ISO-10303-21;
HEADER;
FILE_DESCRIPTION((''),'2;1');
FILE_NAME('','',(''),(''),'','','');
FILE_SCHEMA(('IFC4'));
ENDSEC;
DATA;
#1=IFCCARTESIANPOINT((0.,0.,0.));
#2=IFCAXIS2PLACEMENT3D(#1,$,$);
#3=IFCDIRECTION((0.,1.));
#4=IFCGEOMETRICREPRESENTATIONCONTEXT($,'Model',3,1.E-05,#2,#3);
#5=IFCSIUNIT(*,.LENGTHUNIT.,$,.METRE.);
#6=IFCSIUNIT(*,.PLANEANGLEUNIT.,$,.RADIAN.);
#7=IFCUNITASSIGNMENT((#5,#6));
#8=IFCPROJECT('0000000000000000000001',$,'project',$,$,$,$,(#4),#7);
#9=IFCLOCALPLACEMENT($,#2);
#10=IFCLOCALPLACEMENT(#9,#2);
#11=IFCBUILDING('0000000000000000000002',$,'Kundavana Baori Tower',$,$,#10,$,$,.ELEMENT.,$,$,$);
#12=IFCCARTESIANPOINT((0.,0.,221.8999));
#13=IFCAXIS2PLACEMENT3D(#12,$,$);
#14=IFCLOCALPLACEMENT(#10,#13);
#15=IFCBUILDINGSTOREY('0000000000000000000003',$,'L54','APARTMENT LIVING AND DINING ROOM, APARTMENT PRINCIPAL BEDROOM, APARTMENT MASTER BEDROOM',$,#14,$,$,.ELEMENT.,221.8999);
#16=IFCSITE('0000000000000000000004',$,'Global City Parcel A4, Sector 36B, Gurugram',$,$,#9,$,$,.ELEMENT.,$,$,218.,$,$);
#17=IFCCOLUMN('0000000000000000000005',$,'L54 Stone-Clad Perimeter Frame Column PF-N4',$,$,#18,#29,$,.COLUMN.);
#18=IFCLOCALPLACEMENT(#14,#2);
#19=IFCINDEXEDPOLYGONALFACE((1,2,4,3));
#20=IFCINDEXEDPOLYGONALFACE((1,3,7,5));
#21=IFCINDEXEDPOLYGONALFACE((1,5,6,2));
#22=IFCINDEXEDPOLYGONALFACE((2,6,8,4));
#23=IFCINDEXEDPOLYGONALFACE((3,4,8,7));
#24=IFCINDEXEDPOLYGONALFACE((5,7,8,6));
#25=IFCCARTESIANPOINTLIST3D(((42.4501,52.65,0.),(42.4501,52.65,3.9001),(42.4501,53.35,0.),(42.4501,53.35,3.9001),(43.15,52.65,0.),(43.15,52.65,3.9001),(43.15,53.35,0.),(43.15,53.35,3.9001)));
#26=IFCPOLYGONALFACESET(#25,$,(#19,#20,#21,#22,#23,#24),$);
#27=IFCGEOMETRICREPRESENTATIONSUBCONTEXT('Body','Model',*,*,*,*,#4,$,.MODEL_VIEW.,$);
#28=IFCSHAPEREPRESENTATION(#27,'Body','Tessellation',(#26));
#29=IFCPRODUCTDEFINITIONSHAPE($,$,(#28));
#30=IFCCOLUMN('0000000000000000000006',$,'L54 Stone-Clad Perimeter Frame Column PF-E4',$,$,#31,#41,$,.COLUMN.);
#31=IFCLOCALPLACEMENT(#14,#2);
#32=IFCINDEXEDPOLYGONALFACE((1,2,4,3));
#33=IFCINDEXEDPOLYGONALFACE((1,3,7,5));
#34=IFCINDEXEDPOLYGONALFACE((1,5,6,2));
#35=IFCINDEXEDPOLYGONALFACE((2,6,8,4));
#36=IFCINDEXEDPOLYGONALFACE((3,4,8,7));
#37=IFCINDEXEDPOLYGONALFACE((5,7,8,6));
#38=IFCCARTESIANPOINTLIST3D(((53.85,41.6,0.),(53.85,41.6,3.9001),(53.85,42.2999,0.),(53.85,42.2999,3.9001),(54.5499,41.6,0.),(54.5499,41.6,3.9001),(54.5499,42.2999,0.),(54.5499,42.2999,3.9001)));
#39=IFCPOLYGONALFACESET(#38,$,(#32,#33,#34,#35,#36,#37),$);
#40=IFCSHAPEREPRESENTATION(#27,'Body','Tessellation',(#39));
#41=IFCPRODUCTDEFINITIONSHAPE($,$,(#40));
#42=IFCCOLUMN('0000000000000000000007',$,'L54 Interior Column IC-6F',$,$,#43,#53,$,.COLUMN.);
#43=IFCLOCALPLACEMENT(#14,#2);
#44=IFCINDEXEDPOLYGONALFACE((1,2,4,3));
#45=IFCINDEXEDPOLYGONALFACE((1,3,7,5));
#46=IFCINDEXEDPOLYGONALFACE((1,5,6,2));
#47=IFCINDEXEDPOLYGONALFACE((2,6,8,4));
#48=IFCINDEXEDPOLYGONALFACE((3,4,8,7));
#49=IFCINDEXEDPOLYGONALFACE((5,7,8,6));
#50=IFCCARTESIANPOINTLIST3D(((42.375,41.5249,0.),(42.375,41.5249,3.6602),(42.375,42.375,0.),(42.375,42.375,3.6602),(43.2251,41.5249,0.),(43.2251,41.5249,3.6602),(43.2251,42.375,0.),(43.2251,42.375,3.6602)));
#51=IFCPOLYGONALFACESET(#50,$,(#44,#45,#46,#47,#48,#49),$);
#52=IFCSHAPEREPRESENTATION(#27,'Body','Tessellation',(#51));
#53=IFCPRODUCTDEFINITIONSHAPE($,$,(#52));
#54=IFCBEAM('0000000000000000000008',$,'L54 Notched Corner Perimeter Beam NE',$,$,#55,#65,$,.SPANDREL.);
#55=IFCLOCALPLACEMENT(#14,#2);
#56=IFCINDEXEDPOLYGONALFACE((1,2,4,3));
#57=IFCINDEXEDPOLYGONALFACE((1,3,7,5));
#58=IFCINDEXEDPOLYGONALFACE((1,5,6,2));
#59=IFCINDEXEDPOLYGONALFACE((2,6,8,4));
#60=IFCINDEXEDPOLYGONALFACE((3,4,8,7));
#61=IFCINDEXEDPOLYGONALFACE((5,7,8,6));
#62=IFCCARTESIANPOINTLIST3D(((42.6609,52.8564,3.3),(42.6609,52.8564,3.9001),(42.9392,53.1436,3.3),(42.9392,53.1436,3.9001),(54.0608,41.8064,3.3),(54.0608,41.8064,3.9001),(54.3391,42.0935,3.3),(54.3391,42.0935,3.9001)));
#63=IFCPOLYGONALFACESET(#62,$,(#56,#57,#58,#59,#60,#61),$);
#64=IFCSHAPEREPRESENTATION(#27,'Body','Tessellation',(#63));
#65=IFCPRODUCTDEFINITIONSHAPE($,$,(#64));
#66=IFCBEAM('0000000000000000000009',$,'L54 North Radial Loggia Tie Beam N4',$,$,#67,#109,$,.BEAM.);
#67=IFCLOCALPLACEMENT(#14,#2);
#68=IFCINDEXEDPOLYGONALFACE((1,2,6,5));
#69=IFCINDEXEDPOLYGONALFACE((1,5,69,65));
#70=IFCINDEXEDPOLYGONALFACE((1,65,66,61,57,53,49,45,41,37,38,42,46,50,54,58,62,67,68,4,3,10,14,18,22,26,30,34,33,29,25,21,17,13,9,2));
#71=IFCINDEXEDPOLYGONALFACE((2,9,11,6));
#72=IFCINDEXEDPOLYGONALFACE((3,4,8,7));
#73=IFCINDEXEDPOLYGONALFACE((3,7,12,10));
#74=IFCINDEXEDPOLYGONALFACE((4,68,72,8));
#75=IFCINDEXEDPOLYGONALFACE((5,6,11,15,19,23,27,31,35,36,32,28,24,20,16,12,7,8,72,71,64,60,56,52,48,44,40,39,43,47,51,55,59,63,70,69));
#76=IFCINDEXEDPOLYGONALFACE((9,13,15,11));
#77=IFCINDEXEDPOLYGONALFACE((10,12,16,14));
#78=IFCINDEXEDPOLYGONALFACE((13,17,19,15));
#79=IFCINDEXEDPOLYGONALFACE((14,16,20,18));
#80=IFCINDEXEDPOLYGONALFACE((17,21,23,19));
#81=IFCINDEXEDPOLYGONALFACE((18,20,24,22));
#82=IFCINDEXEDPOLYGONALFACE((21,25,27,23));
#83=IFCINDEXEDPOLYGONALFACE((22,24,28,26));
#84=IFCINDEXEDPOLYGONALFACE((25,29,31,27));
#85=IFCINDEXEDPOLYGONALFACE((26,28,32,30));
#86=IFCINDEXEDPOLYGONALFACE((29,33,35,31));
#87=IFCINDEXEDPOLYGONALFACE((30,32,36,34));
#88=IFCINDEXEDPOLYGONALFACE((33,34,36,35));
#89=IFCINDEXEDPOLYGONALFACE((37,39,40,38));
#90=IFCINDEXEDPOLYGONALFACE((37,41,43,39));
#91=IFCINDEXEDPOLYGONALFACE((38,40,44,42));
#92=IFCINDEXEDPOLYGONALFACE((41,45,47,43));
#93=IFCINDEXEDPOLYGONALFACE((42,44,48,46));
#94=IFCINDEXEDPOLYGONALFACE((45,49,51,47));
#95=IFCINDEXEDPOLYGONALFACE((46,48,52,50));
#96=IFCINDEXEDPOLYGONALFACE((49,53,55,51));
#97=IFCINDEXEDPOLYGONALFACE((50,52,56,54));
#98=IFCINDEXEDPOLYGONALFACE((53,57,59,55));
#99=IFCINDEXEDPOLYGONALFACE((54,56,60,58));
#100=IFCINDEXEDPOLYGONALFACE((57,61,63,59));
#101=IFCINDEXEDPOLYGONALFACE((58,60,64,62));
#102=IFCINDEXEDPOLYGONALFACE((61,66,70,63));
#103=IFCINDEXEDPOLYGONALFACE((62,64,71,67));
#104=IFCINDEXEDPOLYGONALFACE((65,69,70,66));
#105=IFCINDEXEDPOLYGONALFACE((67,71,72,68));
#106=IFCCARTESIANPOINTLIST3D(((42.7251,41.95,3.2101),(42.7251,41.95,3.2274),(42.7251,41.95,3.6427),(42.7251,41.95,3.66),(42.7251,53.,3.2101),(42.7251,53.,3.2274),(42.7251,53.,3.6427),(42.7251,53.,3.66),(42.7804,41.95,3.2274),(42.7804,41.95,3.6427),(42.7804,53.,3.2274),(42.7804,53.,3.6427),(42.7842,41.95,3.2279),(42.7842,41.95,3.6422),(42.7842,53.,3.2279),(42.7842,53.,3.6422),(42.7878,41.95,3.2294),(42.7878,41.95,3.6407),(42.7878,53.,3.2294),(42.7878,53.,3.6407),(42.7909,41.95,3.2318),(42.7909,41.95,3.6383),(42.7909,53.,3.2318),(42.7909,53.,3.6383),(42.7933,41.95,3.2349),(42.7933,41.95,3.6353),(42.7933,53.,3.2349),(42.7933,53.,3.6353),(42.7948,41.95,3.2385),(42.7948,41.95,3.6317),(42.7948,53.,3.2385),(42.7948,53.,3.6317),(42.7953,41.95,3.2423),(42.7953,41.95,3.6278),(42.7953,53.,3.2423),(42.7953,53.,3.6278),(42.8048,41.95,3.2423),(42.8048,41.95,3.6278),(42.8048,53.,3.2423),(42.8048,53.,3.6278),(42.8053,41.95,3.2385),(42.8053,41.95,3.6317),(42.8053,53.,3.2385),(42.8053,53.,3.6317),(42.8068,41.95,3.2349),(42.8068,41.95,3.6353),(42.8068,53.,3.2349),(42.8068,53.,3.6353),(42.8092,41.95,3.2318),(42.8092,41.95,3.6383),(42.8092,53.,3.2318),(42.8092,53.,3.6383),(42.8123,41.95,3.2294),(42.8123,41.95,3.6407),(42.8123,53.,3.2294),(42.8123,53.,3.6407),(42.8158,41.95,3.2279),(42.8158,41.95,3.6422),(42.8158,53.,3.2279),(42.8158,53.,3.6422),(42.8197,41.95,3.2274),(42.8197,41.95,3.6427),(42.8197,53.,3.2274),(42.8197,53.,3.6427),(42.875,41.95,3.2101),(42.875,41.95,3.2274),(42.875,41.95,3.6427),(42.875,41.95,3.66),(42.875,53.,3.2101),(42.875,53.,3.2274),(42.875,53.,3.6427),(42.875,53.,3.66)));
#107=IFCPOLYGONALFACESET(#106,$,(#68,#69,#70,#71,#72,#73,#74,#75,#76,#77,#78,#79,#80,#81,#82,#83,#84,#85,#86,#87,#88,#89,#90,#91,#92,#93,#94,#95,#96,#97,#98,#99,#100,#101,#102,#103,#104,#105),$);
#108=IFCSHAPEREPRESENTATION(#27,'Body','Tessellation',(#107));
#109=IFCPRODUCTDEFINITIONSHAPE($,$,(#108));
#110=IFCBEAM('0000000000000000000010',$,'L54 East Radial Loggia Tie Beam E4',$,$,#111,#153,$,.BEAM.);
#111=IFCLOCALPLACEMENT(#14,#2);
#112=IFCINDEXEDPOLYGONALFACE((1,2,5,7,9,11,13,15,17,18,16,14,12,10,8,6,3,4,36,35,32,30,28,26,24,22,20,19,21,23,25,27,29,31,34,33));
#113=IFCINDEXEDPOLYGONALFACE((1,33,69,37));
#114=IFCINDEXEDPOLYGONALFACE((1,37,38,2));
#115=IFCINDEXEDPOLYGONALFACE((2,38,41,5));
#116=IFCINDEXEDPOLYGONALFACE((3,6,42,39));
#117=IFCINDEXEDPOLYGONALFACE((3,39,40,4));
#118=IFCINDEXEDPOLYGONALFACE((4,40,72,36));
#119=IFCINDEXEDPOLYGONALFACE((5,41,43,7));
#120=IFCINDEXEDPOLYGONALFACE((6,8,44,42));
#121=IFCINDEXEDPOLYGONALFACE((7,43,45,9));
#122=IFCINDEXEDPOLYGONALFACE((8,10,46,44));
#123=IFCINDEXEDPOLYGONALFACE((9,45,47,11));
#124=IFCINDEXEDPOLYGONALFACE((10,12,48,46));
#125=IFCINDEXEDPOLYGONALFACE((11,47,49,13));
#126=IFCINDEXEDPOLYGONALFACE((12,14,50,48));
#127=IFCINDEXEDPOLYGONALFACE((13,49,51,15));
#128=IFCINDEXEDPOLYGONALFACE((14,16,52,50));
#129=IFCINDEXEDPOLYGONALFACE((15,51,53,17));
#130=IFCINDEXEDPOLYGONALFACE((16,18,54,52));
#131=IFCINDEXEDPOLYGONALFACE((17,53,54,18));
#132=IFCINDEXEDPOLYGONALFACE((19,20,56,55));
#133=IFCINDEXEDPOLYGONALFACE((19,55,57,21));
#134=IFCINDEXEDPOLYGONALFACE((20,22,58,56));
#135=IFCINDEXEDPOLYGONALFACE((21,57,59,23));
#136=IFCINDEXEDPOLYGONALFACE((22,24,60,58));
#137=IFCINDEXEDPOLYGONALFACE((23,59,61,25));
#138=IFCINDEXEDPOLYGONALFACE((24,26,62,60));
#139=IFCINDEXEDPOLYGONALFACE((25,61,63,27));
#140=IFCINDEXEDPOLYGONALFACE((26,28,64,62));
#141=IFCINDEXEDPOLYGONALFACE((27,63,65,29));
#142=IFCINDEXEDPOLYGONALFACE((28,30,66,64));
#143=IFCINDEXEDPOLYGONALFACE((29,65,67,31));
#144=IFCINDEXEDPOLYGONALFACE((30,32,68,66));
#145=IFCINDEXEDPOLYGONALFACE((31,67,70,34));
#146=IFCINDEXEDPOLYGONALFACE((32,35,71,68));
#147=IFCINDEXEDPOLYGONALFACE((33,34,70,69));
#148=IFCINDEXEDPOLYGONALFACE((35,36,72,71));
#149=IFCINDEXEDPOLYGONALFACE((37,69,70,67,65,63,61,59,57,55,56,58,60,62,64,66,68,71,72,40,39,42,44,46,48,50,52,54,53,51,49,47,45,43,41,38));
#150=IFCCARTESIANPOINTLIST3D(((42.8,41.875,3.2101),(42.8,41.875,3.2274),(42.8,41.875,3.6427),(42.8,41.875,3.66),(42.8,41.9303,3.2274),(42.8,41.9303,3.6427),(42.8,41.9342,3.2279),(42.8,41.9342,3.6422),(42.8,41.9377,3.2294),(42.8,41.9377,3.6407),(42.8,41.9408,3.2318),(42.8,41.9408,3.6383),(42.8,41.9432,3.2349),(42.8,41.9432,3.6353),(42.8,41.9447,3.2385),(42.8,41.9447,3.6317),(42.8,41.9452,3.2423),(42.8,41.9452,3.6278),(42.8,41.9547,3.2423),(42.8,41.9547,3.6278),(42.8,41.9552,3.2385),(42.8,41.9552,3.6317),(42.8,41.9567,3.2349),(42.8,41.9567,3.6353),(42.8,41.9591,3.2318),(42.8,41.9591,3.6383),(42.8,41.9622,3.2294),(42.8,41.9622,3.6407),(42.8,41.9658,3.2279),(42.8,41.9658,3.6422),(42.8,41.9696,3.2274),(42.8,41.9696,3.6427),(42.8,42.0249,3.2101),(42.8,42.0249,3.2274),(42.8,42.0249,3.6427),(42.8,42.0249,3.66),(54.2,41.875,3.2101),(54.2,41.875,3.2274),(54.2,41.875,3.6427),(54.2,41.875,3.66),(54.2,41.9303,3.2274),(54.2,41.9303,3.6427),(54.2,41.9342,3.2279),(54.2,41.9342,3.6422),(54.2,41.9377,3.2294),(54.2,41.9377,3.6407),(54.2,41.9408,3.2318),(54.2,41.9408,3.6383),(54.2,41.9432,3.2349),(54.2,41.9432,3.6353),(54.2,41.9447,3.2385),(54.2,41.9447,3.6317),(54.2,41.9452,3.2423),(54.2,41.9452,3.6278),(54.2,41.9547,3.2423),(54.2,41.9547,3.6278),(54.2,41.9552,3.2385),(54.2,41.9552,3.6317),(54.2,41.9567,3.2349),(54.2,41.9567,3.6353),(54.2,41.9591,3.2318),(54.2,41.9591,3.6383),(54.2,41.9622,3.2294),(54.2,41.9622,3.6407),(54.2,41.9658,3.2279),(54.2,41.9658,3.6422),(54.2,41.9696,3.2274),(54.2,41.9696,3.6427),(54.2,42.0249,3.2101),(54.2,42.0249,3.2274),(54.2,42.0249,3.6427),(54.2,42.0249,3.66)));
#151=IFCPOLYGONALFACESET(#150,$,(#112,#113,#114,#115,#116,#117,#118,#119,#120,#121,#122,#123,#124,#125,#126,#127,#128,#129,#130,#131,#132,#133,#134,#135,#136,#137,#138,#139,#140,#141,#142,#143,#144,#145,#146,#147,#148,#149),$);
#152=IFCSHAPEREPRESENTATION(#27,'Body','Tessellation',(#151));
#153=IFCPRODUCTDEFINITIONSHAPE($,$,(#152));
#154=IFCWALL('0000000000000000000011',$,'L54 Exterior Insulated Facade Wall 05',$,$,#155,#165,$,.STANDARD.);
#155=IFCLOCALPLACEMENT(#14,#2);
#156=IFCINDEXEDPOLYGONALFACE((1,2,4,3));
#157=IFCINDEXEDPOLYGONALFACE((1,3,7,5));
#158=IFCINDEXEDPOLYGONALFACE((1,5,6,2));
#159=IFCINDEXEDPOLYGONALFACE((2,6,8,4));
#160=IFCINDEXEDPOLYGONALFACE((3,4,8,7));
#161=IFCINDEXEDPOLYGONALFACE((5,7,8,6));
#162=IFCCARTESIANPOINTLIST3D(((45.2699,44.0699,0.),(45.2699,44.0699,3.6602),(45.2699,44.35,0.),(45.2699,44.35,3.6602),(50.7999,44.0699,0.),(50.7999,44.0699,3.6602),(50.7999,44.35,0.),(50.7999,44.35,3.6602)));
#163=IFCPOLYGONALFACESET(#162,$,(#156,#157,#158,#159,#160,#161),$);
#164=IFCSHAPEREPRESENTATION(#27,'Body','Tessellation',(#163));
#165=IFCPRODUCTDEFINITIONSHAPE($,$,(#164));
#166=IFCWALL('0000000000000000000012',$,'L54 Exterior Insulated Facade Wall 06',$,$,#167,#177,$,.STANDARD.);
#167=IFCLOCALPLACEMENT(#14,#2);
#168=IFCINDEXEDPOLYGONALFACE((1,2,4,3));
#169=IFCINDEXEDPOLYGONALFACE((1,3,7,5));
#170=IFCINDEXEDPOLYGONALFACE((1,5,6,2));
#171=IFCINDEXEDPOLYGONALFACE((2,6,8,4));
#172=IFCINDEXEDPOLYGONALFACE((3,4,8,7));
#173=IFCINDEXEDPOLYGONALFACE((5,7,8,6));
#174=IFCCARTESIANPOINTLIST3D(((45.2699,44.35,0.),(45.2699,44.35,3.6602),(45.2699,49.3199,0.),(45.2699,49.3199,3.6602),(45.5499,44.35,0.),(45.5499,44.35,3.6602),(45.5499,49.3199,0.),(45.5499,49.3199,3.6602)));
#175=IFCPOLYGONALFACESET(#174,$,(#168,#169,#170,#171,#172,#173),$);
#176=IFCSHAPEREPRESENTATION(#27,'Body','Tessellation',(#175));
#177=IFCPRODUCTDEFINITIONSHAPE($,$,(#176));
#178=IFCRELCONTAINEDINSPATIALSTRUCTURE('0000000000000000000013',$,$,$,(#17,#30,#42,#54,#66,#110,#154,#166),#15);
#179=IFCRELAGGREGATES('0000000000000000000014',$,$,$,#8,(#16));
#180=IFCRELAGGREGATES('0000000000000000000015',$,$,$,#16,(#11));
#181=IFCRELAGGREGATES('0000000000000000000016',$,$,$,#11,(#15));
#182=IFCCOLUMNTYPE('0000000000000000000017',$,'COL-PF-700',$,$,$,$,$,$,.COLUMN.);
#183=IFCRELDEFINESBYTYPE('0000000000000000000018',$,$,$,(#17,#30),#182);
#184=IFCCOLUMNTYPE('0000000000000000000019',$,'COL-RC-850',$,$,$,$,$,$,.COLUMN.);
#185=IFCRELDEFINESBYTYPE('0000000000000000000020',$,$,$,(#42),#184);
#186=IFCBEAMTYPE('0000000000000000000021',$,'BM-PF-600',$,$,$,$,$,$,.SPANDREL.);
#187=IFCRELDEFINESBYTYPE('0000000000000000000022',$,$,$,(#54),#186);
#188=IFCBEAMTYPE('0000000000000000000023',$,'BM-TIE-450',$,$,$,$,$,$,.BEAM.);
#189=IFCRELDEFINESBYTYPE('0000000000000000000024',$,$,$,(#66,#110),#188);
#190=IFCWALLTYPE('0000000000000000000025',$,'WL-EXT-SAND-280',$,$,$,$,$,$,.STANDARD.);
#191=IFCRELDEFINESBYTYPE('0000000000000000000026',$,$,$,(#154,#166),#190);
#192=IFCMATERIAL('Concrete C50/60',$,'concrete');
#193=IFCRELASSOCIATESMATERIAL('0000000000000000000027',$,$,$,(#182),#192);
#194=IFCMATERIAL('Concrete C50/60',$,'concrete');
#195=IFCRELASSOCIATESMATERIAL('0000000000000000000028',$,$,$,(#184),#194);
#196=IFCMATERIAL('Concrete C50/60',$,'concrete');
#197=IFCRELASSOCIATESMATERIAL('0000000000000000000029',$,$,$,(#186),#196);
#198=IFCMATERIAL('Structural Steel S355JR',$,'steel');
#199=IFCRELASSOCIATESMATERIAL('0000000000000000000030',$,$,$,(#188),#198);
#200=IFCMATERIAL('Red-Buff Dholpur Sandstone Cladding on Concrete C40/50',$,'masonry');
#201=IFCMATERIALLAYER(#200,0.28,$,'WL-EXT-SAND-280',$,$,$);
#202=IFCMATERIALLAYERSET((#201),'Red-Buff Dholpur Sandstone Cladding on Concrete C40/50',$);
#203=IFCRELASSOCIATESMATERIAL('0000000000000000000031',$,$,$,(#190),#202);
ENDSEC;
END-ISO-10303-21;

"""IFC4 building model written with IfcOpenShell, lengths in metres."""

from ifc_helpers import new_model, si_unit, direction, frame, frame_2d, origin, origin_2d, place, context, subcontext, project, spatial, rectangle, i_section, extrude, material, layer, layer_set, material_profile, profile_set, type_object, element, save


model = new_model("IFC4")

# Units and contexts
model_context = context("Model", 3, precision=1e-05, world=origin(), true_north=direction((0.0, 1.0)))
body_context = subcontext(model_context, "Body", "Model", "MODEL_VIEW")
ifc_project = project(units=[si_unit("LENGTHUNIT", "METRE"), si_unit("PLANEANGLEUNIT", "RADIAN")], contexts=[model_context])

# Site, building, storey
site_placement = place(None, origin())
site = spatial("IfcSite", under=ifc_project, at=site_placement, Name="Global City Parcel A4, Sector 36B, Gurugram", CompositionType="ELEMENT", RefElevation=218.0)
building_placement = place(site_placement, origin())
building = spatial("IfcBuilding", under=site, at=building_placement, Name="Kundavana Baori Tower", CompositionType="ELEMENT")
storey_placement = place(building_placement, frame((0.0, 0.0, 221.8999)))
storey = spatial("IfcBuildingStorey", under=building, at=storey_placement, Name="L54", Description="APARTMENT LIVING AND DINING ROOM, APARTMENT PRINCIPAL BEDROOM, APARTMENT MASTER BEDROOM", CompositionType="ELEMENT", Elevation=221.8999)

# Columns
ifc_material_1 = material(Name="Concrete C50/60", Category="concrete")
ifc_material_profile_1 = material_profile(ifc_material_1, rectangle(XDim=0.7, YDim=0.7, at=origin_2d()), Name="RC PF 700x700")
ifc_profile_set_1 = profile_set([ifc_material_profile_1], Name="Concrete C50/60")
column_type_1 = type_object("IfcColumnType", Name="COL-PF-700", PredefinedType="COLUMN", material=ifc_profile_set_1)
for number, where, z_axis, x_axis, name in (
    (1, (42.8, 53.0, 0.0), (0.0, 0.0, 1.0), (1.0, 0.0, 0.0), "L54 Stone-Clad Perimeter Frame Column PF-N4"),
    (2, (54.2, 41.95, 0.0), (0.0, 0.0, 1.0), (1.0, 0.0, 0.0), "L54 Stone-Clad Perimeter Frame Column PF-E4"),
):
    element("IfcColumn", number, at=place(storey_placement, frame(where, z_axis=z_axis, x_axis=x_axis)), inside=storey, type_object=column_type_1, Name=name, PredefinedType="COLUMN", context=body_context, shape_type="SweptSolid", body=[
        extrude(rectangle(XDim=0.7, YDim=0.7, at=origin_2d()), origin(), (0.0, 0.0, 1.0), 3.9001),
    ])
ifc_material_2 = material(Name="Concrete C50/60", Category="concrete")
ifc_material_profile_2 = material_profile(ifc_material_2, rectangle(XDim=0.8501, YDim=0.8501, at=origin_2d()), Name="RC 850x850")
ifc_profile_set_2 = profile_set([ifc_material_profile_2], Name="Concrete C50/60")
column_type_2 = type_object("IfcColumnType", Name="COL-RC-850", PredefinedType="COLUMN", material=ifc_profile_set_2)
column_placement = place(storey_placement, frame((42.8, 41.95, 0.0), z_axis=(0.0, 0.0, 1.0), x_axis=(1.0, 0.0, 0.0)))
element("IfcColumn", 3, at=column_placement, inside=storey, type_object=column_type_2, Name="L54 Interior Column IC-6F", PredefinedType="COLUMN", context=body_context, shape_type="SweptSolid", body=[
    extrude(rectangle(XDim=0.8501, YDim=0.8501, at=origin_2d()), origin(), (0.0, 0.0, 1.0), 3.6602),
])

# Beams
ifc_material_3 = material(Name="Concrete C50/60", Category="concrete")
ifc_material_profile_3 = material_profile(ifc_material_3, rectangle(XDim=0.3999, YDim=0.6001, at=origin_2d()), Name="RC BM 400x600")
ifc_profile_set_3 = profile_set([ifc_material_profile_3], Name="Concrete C50/60")
beam_type_1 = type_object("IfcBeamType", Name="BM-PF-600", PredefinedType="SPANDREL", material=ifc_profile_set_3)
beam_1_placement = place(storey_placement, frame((42.8, 53.0, 3.6001), z_axis=(0.718039, -0.696003, 0.0), x_axis=(0.696003, 0.718039, 0.0)))
element("IfcBeam", 4, at=beam_1_placement, inside=storey, type_object=beam_type_1, Name="L54 Notched Corner Perimeter Beam NE", PredefinedType="SPANDREL", context=body_context, shape_type="SweptSolid", body=[
    extrude(rectangle(XDim=0.3999, YDim=0.6001, at=origin_2d()), origin(), (0.0, 0.0, 1.0), 15.8765),
])
ifc_material_4 = material(Name="Structural Steel S355JR", Category="steel")
ifc_material_profile_4 = material_profile(ifc_material_4, i_section(OverallWidth=0.1499, OverallDepth=0.45, WebThickness=0.0095, FlangeThickness=0.0173, FilletRadius=0.0149, at=origin_2d()), Name="ISMB 450")
ifc_profile_set_4 = profile_set([ifc_material_profile_4], Name="Structural Steel S355JR")
beam_type_2 = type_object("IfcBeamType", Name="BM-TIE-450", PredefinedType="BEAM", material=ifc_profile_set_4)
beam_2_placement = place(storey_placement, frame((42.8, 41.95, 3.4351), z_axis=(0.0, 1.0, 0.0), x_axis=(-1.0, 0.0, 0.0)))
element("IfcBeam", 5, at=beam_2_placement, inside=storey, type_object=beam_type_2, Name="L54 North Radial Loggia Tie Beam N4", PredefinedType="BEAM", context=body_context, shape_type="SweptSolid", body=[
    extrude(i_section(OverallWidth=0.1499, OverallDepth=0.45, WebThickness=0.0095, FlangeThickness=0.0173, FilletRadius=0.0149, at=origin_2d()), origin(), (0.0, 0.0, 1.0), 11.05),
])
beam_3_placement = place(storey_placement, frame((42.8, 41.95, 3.4351), z_axis=(1.0, 0.0, 0.0), x_axis=(0.0, 1.0, 0.0)))
element("IfcBeam", 6, at=beam_3_placement, inside=storey, type_object=beam_type_2, Name="L54 East Radial Loggia Tie Beam E4", PredefinedType="BEAM", context=body_context, shape_type="SweptSolid", body=[
    extrude(i_section(OverallWidth=0.1499, OverallDepth=0.45, WebThickness=0.0095, FlangeThickness=0.0173, FilletRadius=0.0149, at=origin_2d()), origin(), (0.0, 0.0, 1.0), 11.3999),
])

# Walls
ifc_material_5 = material(Name="Red-Buff Dholpur Sandstone Cladding on Concrete C40/50", Category="masonry")
ifc_layer_1 = layer(ifc_material_5, 0.28, Name="WL-EXT-SAND-280")
ifc_layer_set_1 = layer_set([ifc_layer_1], Name="Red-Buff Dholpur Sandstone Cladding on Concrete C40/50")
wall_type_1 = type_object("IfcWallType", Name="WL-EXT-SAND-280", PredefinedType="STANDARD", material=ifc_layer_set_1)
wall_1_placement = place(storey_placement, frame((50.8, 44.21, 0.0), z_axis=(0.0, 0.0, 1.0), x_axis=(-1.0, 0.0, 0.0)))
element("IfcWall", 7, at=wall_1_placement, inside=storey, type_object=wall_type_1, Name="L54 Exterior Insulated Facade Wall 05", PredefinedType="STANDARD", context=body_context, shape_type="SweptSolid", body=[
    extrude(rectangle(XDim=5.53, YDim=0.28, at=frame_2d((2.7651, 0.0))), origin(), (0.0, 0.0, 1.0), 3.6602),
])
wall_2_placement = place(storey_placement, frame((45.4099, 44.3501, 0.0), z_axis=(0.0, 0.0, 1.0), x_axis=(0.0, 1.0, 0.0)))
element("IfcWall", 8, at=wall_2_placement, inside=storey, type_object=wall_type_1, Name="L54 Exterior Insulated Facade Wall 06", PredefinedType="STANDARD", context=body_context, shape_type="SweptSolid", body=[
    extrude(rectangle(XDim=4.97, YDim=0.28, at=frame_2d((2.4849, 0.0))), origin(), (0.0, 0.0, 1.0), 3.6602),
])

save(model, "model.ifc")
